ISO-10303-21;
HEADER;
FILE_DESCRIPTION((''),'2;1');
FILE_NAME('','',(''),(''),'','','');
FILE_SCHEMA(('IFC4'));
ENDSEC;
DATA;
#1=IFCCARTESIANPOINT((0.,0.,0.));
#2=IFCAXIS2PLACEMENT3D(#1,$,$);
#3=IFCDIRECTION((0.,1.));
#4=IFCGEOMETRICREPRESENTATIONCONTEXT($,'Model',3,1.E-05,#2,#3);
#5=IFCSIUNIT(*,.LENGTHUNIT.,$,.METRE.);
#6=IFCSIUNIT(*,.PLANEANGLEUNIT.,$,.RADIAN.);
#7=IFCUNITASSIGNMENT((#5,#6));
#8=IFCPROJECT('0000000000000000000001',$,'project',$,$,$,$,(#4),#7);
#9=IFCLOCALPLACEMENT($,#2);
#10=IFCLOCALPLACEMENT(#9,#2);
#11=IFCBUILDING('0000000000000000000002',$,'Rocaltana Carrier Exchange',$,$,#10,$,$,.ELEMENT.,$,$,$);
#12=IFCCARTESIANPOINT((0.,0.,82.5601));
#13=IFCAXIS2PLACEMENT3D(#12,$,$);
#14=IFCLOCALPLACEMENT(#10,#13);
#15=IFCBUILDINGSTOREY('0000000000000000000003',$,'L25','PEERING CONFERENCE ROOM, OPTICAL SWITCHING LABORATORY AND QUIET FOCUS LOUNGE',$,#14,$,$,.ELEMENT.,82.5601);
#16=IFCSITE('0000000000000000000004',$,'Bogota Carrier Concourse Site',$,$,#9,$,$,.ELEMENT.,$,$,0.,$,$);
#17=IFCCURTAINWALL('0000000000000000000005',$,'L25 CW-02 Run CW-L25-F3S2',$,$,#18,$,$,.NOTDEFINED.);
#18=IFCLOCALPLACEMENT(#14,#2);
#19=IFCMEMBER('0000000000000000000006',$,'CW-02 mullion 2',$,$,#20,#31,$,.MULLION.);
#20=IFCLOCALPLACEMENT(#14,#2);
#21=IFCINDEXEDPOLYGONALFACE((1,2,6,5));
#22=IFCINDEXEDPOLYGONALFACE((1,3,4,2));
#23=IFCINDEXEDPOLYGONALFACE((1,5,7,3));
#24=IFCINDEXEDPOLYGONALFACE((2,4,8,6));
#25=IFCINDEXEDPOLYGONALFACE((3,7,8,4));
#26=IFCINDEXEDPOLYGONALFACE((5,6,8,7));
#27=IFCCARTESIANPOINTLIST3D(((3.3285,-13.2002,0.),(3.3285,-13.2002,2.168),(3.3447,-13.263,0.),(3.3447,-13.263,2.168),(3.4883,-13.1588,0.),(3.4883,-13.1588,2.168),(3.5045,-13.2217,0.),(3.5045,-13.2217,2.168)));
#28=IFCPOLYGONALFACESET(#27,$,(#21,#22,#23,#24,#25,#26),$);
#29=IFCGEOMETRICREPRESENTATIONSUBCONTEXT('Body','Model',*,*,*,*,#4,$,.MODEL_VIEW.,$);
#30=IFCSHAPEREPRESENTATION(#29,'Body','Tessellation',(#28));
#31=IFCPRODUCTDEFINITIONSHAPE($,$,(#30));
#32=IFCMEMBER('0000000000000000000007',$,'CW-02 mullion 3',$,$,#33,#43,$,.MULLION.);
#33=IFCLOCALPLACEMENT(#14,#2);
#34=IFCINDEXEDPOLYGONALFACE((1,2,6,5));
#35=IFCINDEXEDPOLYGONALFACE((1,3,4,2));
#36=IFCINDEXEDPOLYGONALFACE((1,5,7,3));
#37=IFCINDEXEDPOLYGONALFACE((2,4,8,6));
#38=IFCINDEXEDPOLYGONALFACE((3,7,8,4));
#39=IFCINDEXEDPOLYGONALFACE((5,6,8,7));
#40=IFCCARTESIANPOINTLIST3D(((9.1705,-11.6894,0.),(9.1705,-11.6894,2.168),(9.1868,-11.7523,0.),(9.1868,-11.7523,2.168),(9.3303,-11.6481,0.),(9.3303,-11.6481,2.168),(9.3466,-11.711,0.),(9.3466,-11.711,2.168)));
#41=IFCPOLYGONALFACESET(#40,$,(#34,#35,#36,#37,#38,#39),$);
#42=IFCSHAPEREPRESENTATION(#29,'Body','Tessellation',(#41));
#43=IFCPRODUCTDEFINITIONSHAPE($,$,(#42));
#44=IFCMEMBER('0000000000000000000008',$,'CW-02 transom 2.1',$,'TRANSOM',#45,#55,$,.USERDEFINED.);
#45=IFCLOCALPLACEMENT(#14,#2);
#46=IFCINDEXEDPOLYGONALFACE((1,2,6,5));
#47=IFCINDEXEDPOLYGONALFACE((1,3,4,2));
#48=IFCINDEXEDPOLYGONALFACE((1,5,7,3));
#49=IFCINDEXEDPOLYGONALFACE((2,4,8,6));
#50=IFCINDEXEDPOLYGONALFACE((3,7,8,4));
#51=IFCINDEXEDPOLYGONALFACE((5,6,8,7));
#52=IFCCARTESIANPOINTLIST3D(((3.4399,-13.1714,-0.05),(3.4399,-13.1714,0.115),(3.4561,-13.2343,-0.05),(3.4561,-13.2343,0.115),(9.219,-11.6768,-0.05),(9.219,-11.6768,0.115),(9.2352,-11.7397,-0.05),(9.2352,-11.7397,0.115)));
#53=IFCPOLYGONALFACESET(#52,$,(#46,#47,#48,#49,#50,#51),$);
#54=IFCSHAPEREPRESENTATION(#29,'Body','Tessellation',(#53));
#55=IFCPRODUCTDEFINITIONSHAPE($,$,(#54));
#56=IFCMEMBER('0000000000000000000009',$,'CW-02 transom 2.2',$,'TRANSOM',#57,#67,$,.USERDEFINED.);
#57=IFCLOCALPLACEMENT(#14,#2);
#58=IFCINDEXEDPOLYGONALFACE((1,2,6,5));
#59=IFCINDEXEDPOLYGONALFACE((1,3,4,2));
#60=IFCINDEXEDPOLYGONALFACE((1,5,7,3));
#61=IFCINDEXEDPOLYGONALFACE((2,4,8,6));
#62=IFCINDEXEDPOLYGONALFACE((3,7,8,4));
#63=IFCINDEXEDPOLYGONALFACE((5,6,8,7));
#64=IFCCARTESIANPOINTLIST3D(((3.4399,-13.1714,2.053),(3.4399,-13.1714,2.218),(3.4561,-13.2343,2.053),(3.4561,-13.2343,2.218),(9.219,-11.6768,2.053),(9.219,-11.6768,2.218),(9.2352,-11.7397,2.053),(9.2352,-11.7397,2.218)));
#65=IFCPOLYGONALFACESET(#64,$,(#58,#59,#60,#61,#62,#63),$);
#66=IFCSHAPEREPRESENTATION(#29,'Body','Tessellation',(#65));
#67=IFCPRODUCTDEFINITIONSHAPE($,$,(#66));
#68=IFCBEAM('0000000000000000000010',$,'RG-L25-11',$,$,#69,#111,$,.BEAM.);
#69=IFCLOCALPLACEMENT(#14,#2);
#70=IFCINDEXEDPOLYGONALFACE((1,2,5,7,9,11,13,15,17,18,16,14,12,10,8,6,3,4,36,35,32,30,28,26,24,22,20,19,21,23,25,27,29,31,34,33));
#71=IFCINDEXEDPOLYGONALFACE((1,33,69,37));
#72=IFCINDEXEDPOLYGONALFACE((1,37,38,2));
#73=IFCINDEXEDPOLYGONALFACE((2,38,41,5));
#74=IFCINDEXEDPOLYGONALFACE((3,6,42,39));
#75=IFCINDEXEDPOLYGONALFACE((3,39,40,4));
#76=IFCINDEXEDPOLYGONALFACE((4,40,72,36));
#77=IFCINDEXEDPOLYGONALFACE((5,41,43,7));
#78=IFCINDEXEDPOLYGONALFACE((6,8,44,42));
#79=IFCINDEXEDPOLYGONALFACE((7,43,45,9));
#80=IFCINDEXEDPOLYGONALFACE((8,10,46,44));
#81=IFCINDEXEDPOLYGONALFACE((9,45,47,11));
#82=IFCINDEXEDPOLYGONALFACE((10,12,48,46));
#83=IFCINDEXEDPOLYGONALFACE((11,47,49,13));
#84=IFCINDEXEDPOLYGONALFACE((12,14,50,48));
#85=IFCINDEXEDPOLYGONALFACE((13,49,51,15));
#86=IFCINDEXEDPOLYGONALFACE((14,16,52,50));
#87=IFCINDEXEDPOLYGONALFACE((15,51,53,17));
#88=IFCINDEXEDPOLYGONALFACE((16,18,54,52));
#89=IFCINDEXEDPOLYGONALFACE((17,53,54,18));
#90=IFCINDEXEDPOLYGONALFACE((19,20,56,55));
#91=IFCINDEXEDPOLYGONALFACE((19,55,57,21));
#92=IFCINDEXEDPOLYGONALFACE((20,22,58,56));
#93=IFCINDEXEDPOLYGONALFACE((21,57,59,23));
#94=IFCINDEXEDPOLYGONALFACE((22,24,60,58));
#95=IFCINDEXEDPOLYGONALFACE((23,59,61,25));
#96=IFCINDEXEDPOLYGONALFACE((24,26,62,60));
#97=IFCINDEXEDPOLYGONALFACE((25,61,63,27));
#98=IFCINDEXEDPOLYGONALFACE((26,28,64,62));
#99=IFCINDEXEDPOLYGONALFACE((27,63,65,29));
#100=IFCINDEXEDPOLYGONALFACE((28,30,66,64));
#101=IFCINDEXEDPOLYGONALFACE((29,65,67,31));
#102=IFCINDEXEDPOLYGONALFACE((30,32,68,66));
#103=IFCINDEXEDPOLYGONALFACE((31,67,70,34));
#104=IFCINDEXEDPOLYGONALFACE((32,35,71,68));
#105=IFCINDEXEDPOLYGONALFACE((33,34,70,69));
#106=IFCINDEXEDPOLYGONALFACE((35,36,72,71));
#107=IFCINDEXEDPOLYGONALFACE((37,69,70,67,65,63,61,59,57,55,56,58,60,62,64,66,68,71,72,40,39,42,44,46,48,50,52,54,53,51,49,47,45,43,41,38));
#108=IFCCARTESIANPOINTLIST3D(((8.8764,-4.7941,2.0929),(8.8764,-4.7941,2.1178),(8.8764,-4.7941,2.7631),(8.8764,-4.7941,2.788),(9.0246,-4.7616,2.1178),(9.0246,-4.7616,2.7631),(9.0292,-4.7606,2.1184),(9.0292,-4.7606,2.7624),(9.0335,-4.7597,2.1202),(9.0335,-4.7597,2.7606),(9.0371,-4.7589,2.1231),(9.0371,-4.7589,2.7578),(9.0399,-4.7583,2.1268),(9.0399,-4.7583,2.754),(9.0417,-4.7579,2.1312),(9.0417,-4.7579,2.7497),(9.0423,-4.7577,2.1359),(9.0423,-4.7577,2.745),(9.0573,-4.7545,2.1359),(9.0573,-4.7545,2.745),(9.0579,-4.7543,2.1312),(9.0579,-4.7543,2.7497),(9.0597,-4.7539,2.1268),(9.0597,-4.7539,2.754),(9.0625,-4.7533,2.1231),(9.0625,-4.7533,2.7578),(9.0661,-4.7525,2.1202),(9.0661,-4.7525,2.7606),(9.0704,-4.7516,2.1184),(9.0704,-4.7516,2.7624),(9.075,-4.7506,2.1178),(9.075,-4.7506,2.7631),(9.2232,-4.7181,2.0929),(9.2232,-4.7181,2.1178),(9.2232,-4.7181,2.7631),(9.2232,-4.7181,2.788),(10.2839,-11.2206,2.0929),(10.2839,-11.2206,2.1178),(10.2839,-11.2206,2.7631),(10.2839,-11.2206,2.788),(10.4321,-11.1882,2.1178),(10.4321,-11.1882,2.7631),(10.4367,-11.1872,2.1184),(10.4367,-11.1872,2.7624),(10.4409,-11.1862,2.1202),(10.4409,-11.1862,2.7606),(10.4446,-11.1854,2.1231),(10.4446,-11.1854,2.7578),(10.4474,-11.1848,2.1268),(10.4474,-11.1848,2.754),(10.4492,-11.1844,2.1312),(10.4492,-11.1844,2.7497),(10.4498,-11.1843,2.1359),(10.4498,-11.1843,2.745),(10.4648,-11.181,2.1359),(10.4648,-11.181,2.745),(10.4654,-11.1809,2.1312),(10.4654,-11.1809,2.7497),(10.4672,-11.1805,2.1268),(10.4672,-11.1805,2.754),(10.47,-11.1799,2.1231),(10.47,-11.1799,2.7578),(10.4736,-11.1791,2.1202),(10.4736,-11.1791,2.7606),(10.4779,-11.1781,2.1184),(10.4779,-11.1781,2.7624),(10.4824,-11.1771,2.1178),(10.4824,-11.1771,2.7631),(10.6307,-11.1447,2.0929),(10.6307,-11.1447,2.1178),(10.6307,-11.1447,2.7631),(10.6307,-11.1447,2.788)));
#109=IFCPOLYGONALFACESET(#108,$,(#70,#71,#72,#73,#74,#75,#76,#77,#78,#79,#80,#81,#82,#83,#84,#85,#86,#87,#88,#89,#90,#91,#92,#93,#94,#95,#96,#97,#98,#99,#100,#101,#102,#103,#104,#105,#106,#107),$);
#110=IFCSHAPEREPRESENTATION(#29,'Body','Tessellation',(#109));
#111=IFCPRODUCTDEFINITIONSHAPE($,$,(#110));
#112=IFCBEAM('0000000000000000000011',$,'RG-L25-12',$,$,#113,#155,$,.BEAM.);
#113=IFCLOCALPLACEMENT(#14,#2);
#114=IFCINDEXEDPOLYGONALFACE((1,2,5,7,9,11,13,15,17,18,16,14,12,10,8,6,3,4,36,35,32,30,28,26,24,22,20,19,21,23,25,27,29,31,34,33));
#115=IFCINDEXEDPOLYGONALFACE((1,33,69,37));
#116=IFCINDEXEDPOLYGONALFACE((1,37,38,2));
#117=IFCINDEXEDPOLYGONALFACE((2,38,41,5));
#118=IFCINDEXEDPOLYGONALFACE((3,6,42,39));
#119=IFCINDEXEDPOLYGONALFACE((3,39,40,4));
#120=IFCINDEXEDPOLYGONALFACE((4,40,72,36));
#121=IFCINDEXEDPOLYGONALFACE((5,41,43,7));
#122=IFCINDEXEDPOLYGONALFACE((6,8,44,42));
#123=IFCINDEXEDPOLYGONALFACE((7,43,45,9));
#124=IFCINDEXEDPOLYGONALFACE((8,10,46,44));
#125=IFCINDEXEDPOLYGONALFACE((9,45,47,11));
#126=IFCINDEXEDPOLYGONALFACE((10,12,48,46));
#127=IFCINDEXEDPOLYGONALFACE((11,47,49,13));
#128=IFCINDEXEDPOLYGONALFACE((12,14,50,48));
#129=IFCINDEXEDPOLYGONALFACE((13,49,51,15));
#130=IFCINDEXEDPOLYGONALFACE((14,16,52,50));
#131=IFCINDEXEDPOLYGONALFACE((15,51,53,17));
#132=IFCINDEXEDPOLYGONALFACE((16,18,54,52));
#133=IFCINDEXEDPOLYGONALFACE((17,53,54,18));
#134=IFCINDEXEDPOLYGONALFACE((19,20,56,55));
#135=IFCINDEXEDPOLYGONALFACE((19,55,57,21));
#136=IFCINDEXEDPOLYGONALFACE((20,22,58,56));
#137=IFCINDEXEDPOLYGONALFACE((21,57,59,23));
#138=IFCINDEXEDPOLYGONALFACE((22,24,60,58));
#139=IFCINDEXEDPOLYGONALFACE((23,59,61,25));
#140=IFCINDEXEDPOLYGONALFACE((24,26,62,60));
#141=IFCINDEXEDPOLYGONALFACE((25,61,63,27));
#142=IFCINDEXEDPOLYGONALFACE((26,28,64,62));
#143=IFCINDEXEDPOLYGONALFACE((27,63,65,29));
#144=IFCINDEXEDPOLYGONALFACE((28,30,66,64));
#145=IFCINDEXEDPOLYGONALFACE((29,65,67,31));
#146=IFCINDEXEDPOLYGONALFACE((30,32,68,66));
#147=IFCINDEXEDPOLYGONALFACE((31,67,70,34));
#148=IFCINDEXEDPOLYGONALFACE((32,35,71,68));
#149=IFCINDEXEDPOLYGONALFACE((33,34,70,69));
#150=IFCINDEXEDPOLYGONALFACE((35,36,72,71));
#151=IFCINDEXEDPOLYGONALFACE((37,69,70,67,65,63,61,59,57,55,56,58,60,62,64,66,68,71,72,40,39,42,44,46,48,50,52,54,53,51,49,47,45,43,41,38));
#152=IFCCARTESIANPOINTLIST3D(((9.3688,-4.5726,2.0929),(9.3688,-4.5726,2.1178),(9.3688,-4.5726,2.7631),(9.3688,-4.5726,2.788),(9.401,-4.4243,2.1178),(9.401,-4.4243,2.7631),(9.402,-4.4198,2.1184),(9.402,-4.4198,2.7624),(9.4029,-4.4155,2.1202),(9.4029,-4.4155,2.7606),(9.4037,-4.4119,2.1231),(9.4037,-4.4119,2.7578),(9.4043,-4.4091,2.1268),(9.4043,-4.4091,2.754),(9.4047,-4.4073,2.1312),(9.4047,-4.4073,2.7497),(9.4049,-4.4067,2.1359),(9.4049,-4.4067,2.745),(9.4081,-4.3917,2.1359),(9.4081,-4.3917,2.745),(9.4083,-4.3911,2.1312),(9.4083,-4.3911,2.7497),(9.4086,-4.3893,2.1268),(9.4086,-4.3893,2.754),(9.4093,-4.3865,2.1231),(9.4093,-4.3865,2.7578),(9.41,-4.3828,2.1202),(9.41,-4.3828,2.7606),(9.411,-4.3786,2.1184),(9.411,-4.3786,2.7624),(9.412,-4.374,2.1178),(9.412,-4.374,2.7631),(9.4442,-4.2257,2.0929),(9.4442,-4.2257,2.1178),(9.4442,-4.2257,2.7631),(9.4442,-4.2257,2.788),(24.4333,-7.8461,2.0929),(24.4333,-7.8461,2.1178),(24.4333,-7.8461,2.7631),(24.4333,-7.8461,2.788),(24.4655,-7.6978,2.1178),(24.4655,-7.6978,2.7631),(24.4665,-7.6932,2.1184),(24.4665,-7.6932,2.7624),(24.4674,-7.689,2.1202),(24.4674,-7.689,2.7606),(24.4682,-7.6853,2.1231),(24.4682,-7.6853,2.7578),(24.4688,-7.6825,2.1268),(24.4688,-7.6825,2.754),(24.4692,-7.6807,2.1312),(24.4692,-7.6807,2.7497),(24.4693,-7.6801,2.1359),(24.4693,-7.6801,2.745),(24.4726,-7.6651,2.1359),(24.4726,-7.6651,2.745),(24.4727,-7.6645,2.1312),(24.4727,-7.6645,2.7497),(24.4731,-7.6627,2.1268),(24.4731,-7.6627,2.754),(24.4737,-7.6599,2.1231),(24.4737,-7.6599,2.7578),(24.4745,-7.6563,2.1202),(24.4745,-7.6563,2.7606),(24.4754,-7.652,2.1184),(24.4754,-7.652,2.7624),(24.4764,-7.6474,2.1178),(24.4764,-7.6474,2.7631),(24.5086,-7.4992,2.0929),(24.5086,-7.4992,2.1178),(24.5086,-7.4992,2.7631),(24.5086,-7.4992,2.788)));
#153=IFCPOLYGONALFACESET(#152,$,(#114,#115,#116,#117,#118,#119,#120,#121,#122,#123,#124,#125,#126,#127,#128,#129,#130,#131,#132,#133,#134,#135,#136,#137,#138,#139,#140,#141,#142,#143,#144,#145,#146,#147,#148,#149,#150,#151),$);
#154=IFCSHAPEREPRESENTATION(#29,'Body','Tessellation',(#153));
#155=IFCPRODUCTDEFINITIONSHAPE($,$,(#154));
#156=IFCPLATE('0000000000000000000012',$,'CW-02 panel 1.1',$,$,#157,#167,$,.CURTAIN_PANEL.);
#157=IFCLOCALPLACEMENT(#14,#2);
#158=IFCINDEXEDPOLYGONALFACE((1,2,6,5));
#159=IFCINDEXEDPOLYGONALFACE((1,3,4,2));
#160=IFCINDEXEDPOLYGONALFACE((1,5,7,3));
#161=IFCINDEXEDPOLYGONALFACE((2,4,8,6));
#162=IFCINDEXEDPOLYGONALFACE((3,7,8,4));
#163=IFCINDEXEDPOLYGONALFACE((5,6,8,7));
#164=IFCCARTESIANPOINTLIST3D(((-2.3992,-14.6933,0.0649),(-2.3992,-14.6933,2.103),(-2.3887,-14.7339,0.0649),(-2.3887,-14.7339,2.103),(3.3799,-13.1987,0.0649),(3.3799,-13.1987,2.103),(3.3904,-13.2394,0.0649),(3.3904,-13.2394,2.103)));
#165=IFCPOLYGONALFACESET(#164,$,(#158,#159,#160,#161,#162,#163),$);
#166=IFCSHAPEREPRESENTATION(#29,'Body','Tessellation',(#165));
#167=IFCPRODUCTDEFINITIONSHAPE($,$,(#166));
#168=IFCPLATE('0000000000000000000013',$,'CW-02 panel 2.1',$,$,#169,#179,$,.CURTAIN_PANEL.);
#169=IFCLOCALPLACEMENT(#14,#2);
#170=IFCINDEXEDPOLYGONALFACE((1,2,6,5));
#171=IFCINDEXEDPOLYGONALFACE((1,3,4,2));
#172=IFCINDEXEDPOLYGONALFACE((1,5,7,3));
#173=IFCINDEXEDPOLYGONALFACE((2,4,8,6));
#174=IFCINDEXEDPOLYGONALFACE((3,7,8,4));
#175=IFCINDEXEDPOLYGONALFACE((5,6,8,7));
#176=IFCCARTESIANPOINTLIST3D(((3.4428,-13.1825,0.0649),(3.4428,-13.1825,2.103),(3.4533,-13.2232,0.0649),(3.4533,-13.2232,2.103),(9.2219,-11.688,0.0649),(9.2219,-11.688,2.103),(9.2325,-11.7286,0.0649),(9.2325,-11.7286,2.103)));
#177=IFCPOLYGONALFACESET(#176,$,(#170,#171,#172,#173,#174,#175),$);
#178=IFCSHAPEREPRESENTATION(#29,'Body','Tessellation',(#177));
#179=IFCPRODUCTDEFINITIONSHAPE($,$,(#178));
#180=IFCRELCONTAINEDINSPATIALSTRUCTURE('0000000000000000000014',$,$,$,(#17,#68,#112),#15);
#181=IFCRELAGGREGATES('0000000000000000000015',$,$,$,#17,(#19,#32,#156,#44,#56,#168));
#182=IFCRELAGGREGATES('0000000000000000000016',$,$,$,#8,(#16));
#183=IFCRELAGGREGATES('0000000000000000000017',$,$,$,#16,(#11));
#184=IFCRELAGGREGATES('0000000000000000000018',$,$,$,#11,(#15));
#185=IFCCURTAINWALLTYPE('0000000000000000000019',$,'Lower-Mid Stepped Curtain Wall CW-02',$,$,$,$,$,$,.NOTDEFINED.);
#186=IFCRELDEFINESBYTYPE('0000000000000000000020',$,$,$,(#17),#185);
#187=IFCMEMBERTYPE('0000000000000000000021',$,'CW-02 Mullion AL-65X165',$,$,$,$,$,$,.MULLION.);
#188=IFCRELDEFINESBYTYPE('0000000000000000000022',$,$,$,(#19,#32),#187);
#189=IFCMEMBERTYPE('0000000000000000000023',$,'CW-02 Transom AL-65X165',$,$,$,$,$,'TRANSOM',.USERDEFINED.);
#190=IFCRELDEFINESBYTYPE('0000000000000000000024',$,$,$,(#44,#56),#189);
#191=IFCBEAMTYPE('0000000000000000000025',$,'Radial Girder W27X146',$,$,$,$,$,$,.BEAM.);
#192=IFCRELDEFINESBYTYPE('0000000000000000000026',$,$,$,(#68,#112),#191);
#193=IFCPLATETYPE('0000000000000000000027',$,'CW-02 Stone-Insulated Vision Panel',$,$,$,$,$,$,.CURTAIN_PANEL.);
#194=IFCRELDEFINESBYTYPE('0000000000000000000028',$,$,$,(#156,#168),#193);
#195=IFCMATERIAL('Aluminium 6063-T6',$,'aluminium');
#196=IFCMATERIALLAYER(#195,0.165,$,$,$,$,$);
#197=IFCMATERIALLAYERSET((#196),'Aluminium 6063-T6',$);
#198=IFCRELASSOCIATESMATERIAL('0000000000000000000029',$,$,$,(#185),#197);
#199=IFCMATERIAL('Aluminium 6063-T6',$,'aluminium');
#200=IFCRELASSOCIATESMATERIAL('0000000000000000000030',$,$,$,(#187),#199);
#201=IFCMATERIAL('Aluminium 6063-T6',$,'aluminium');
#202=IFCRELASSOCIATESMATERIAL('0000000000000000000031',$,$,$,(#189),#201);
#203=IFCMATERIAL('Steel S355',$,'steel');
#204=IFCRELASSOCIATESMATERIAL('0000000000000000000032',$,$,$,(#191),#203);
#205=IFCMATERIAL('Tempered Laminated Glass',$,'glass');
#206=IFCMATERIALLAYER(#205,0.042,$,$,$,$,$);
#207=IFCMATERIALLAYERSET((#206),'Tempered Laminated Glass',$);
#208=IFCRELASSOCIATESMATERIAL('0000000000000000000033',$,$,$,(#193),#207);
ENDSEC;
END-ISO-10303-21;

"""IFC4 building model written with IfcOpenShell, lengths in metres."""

from ifc_helpers import new_model, si_unit, direction, frame, origin, origin_2d, place, context, subcontext, project, spatial, rectangle, i_section, extrude, material, layer, layer_set, material_profile, profile_set, type_object, element, aggregate, save


model = new_model("IFC4")

# Units and contexts
model_context = context("Model", 3, precision=1e-05, world=origin(), true_north=direction((0.0, 1.0)))
body_context = subcontext(model_context, "Body", "Model", "MODEL_VIEW")
ifc_project = project(units=[si_unit("LENGTHUNIT", "METRE"), si_unit("PLANEANGLEUNIT", "RADIAN")], contexts=[model_context])

# Site, building, storey
site_placement = place(None, origin())
site = spatial("IfcSite", under=ifc_project, at=site_placement, Name="Bogota Carrier Concourse Site", CompositionType="ELEMENT", RefElevation=0.0)
building_placement = place(site_placement, origin())
building = spatial("IfcBuilding", under=site, at=building_placement, Name="Rocaltana Carrier Exchange", CompositionType="ELEMENT")
storey_placement = place(building_placement, frame((0.0, 0.0, 82.5601)))
storey = spatial("IfcBuildingStorey", under=building, at=storey_placement, Name="L25", Description="PEERING CONFERENCE ROOM, OPTICAL SWITCHING LABORATORY AND QUIET FOCUS LOUNGE", CompositionType="ELEMENT", Elevation=82.5601)

# Curtain wall, members
ifc_material_1 = material(Name="Aluminium 6063-T6", Category="aluminium")
ifc_layer_1 = layer(ifc_material_1, 0.165)
ifc_layer_set_1 = layer_set([ifc_layer_1], Name="Aluminium 6063-T6")
curtain_wall_type = type_object("IfcCurtainWallType", Name="Lower-Mid Stepped Curtain Wall CW-02", PredefinedType="NOTDEFINED", material=ifc_layer_set_1)
curtain_wall_placement = place(storey_placement, origin())
curtain_wall = element("IfcCurtainWall", 1, at=curtain_wall_placement, inside=storey, type_object=curtain_wall_type, Name="L25 CW-02 Run CW-L25-F3S2", PredefinedType="NOTDEFINED")
ifc_material_2 = material(Name="Aluminium 6063-T6", Category="aluminium")
ifc_material_profile_1 = material_profile(ifc_material_2, rectangle(XDim=0.0649, YDim=0.165, at=origin_2d()), Name="AL-65X165")
ifc_profile_set_1 = profile_set([ifc_material_profile_1], Name="Aluminium 6063-T6")
member_type_1 = type_object("IfcMemberType", Name="CW-02 Mullion AL-65X165", PredefinedType="MULLION", material=ifc_profile_set_1)
member_1_placement = place(storey_placement, frame((3.4165, -13.2109, 0.0), z_axis=(0.0, 0.0, 1.0), x_axis=(-0.250378, 0.968148, 0.0)))
member_1 = element("IfcMember", 2, at=member_1_placement, type_object=member_type_1, Name="CW-02 mullion 2", PredefinedType="MULLION", context=body_context, shape_type="SweptSolid", body=[
    extrude(rectangle(XDim=0.0649, YDim=0.165, at=origin_2d()), origin(), (0.0, 0.0, 1.0), 2.168),
])
member_2_placement = place(storey_placement, frame((9.2585, -11.7002, 0.0), z_axis=(0.0, 0.0, 1.0), x_axis=(-0.250378, 0.968148, 0.0)))
member_2 = element("IfcMember", 3, at=member_2_placement, type_object=member_type_1, Name="CW-02 mullion 3", PredefinedType="MULLION", context=body_context, shape_type="SweptSolid", body=[
    extrude(rectangle(XDim=0.0649, YDim=0.165, at=origin_2d()), origin(), (0.0, 0.0, 1.0), 2.168),
])
ifc_material_3 = material(Name="Aluminium 6063-T6", Category="aluminium")
ifc_material_profile_2 = material_profile(ifc_material_3, rectangle(XDim=0.0649, YDim=0.165, at=origin_2d()), Name="AL-65X165")
ifc_profile_set_2 = profile_set([ifc_material_profile_2], Name="Aluminium 6063-T6")
member_type_2 = type_object("IfcMemberType", Name="CW-02 Transom AL-65X165", ElementType="TRANSOM", PredefinedType="USERDEFINED", material=ifc_profile_set_2)
member_3_placement = place(storey_placement, frame((3.448, -13.2029, 0.0325), z_axis=(0.968145, 0.25039, 0.0), x_axis=(-0.25039, 0.968145, 0.0)))
member_3 = element("IfcMember", 4, at=member_3_placement, type_object=member_type_2, Name="CW-02 transom 2.1", ObjectType="TRANSOM", PredefinedType="USERDEFINED", context=body_context, shape_type="SweptSolid", body=[
    extrude(rectangle(XDim=0.0649, YDim=0.165, at=origin_2d()), origin(), (0.0, 0.0, 1.0), 5.9692),
])
member_4_placement = place(storey_placement, frame((3.448, -13.2029, 2.1355), z_axis=(0.968145, 0.25039, 0.0), x_axis=(-0.25039, 0.968145, 0.0)))
member_4 = element("IfcMember", 5, at=member_4_placement, type_object=member_type_2, Name="CW-02 transom 2.2", ObjectType="TRANSOM", PredefinedType="USERDEFINED", context=body_context, shape_type="SweptSolid", body=[
    extrude(rectangle(XDim=0.0649, YDim=0.165, at=origin_2d()), origin(), (0.0, 0.0, 1.0), 5.9692),
])

# Beams
ifc_material_4 = material(Name="Steel S355", Category="steel")
ifc_material_profile_3 = material_profile(ifc_material_4, i_section(OverallWidth=0.355, OverallDepth=0.6951, WebThickness=0.0154, FlangeThickness=0.0249, FilletRadius=0.0181, at=origin_2d()), Name="W27X146")
ifc_profile_set_3 = profile_set([ifc_material_profile_3], Name="Steel S355")
beam_type = type_object("IfcBeamType", Name="Radial Girder W27X146", PredefinedType="BEAM", material=ifc_profile_set_3)
beam_1_placement = place(storey_placement, frame((9.0498, -4.7561, 2.4404), z_axis=(0.213939, -0.976847, 0.0), x_axis=(0.976847, 0.213939, 0.0)))
element("IfcBeam", 6, at=beam_1_placement, inside=storey, type_object=beam_type, Name="RG-L25-11", PredefinedType="BEAM", context=body_context, shape_type="SweptSolid", body=[
    extrude(i_section(OverallWidth=0.355, OverallDepth=0.6951, WebThickness=0.0154, FlangeThickness=0.0249, FilletRadius=0.0181, at=origin_2d()), origin(), (0.0, 0.0, 1.0), 6.5789),
])
beam_2_placement = place(storey_placement, frame((9.4065, -4.3992, 2.4404), z_axis=(0.977196, -0.21234, 0.0), x_axis=(0.21234, 0.977196, 0.0)))
element("IfcBeam", 7, at=beam_2_placement, inside=storey, type_object=beam_type, Name="RG-L25-12", PredefinedType="BEAM", context=body_context, shape_type="SweptSolid", body=[
    extrude(i_section(OverallWidth=0.355, OverallDepth=0.6951, WebThickness=0.0154, FlangeThickness=0.0249, FilletRadius=0.0181, at=origin_2d()), origin(), (0.0, 0.0, 1.0), 15.416),
])

# Plates
ifc_material_5 = material(Name="Tempered Laminated Glass", Category="glass")
ifc_layer_2 = layer(ifc_material_5, 0.042)
ifc_layer_set_2 = layer_set([ifc_layer_2], Name="Tempered Laminated Glass")
plate_type = type_object("IfcPlateType", Name="CW-02 Stone-Insulated Vision Panel", PredefinedType="CURTAIN_PANEL", material=ifc_layer_set_2)
plate_1_placement = place(storey_placement, frame((0.4956, -13.9663, 0.0649), z_axis=(0.0, 0.0, 1.0), x_axis=(0.968148, 0.250378, 0.0)))
plate_1 = element("IfcPlate", 8, at=plate_1_placement, type_object=plate_type, Name="CW-02 panel 1.1", PredefinedType="CURTAIN_PANEL", context=body_context, shape_type="SweptSolid", body=[
    extrude(rectangle(XDim=5.9692, YDim=0.042, at=origin_2d()), origin(), (0.0, 0.0, 1.0), 2.0381),
])
plate_2_placement = place(storey_placement, frame((6.3376, -12.4556, 0.0649), z_axis=(0.0, 0.0, 1.0), x_axis=(0.968148, 0.250378, 0.0)))
plate_2 = element("IfcPlate", 9, at=plate_2_placement, type_object=plate_type, Name="CW-02 panel 2.1", PredefinedType="CURTAIN_PANEL", context=body_context, shape_type="SweptSolid", body=[
    extrude(rectangle(XDim=5.9692, YDim=0.042, at=origin_2d()), origin(), (0.0, 0.0, 1.0), 2.0381),
])
aggregate(curtain_wall, [member_1, member_2, plate_1, member_3, member_4, plate_2])

save(model, "model.ifc")
